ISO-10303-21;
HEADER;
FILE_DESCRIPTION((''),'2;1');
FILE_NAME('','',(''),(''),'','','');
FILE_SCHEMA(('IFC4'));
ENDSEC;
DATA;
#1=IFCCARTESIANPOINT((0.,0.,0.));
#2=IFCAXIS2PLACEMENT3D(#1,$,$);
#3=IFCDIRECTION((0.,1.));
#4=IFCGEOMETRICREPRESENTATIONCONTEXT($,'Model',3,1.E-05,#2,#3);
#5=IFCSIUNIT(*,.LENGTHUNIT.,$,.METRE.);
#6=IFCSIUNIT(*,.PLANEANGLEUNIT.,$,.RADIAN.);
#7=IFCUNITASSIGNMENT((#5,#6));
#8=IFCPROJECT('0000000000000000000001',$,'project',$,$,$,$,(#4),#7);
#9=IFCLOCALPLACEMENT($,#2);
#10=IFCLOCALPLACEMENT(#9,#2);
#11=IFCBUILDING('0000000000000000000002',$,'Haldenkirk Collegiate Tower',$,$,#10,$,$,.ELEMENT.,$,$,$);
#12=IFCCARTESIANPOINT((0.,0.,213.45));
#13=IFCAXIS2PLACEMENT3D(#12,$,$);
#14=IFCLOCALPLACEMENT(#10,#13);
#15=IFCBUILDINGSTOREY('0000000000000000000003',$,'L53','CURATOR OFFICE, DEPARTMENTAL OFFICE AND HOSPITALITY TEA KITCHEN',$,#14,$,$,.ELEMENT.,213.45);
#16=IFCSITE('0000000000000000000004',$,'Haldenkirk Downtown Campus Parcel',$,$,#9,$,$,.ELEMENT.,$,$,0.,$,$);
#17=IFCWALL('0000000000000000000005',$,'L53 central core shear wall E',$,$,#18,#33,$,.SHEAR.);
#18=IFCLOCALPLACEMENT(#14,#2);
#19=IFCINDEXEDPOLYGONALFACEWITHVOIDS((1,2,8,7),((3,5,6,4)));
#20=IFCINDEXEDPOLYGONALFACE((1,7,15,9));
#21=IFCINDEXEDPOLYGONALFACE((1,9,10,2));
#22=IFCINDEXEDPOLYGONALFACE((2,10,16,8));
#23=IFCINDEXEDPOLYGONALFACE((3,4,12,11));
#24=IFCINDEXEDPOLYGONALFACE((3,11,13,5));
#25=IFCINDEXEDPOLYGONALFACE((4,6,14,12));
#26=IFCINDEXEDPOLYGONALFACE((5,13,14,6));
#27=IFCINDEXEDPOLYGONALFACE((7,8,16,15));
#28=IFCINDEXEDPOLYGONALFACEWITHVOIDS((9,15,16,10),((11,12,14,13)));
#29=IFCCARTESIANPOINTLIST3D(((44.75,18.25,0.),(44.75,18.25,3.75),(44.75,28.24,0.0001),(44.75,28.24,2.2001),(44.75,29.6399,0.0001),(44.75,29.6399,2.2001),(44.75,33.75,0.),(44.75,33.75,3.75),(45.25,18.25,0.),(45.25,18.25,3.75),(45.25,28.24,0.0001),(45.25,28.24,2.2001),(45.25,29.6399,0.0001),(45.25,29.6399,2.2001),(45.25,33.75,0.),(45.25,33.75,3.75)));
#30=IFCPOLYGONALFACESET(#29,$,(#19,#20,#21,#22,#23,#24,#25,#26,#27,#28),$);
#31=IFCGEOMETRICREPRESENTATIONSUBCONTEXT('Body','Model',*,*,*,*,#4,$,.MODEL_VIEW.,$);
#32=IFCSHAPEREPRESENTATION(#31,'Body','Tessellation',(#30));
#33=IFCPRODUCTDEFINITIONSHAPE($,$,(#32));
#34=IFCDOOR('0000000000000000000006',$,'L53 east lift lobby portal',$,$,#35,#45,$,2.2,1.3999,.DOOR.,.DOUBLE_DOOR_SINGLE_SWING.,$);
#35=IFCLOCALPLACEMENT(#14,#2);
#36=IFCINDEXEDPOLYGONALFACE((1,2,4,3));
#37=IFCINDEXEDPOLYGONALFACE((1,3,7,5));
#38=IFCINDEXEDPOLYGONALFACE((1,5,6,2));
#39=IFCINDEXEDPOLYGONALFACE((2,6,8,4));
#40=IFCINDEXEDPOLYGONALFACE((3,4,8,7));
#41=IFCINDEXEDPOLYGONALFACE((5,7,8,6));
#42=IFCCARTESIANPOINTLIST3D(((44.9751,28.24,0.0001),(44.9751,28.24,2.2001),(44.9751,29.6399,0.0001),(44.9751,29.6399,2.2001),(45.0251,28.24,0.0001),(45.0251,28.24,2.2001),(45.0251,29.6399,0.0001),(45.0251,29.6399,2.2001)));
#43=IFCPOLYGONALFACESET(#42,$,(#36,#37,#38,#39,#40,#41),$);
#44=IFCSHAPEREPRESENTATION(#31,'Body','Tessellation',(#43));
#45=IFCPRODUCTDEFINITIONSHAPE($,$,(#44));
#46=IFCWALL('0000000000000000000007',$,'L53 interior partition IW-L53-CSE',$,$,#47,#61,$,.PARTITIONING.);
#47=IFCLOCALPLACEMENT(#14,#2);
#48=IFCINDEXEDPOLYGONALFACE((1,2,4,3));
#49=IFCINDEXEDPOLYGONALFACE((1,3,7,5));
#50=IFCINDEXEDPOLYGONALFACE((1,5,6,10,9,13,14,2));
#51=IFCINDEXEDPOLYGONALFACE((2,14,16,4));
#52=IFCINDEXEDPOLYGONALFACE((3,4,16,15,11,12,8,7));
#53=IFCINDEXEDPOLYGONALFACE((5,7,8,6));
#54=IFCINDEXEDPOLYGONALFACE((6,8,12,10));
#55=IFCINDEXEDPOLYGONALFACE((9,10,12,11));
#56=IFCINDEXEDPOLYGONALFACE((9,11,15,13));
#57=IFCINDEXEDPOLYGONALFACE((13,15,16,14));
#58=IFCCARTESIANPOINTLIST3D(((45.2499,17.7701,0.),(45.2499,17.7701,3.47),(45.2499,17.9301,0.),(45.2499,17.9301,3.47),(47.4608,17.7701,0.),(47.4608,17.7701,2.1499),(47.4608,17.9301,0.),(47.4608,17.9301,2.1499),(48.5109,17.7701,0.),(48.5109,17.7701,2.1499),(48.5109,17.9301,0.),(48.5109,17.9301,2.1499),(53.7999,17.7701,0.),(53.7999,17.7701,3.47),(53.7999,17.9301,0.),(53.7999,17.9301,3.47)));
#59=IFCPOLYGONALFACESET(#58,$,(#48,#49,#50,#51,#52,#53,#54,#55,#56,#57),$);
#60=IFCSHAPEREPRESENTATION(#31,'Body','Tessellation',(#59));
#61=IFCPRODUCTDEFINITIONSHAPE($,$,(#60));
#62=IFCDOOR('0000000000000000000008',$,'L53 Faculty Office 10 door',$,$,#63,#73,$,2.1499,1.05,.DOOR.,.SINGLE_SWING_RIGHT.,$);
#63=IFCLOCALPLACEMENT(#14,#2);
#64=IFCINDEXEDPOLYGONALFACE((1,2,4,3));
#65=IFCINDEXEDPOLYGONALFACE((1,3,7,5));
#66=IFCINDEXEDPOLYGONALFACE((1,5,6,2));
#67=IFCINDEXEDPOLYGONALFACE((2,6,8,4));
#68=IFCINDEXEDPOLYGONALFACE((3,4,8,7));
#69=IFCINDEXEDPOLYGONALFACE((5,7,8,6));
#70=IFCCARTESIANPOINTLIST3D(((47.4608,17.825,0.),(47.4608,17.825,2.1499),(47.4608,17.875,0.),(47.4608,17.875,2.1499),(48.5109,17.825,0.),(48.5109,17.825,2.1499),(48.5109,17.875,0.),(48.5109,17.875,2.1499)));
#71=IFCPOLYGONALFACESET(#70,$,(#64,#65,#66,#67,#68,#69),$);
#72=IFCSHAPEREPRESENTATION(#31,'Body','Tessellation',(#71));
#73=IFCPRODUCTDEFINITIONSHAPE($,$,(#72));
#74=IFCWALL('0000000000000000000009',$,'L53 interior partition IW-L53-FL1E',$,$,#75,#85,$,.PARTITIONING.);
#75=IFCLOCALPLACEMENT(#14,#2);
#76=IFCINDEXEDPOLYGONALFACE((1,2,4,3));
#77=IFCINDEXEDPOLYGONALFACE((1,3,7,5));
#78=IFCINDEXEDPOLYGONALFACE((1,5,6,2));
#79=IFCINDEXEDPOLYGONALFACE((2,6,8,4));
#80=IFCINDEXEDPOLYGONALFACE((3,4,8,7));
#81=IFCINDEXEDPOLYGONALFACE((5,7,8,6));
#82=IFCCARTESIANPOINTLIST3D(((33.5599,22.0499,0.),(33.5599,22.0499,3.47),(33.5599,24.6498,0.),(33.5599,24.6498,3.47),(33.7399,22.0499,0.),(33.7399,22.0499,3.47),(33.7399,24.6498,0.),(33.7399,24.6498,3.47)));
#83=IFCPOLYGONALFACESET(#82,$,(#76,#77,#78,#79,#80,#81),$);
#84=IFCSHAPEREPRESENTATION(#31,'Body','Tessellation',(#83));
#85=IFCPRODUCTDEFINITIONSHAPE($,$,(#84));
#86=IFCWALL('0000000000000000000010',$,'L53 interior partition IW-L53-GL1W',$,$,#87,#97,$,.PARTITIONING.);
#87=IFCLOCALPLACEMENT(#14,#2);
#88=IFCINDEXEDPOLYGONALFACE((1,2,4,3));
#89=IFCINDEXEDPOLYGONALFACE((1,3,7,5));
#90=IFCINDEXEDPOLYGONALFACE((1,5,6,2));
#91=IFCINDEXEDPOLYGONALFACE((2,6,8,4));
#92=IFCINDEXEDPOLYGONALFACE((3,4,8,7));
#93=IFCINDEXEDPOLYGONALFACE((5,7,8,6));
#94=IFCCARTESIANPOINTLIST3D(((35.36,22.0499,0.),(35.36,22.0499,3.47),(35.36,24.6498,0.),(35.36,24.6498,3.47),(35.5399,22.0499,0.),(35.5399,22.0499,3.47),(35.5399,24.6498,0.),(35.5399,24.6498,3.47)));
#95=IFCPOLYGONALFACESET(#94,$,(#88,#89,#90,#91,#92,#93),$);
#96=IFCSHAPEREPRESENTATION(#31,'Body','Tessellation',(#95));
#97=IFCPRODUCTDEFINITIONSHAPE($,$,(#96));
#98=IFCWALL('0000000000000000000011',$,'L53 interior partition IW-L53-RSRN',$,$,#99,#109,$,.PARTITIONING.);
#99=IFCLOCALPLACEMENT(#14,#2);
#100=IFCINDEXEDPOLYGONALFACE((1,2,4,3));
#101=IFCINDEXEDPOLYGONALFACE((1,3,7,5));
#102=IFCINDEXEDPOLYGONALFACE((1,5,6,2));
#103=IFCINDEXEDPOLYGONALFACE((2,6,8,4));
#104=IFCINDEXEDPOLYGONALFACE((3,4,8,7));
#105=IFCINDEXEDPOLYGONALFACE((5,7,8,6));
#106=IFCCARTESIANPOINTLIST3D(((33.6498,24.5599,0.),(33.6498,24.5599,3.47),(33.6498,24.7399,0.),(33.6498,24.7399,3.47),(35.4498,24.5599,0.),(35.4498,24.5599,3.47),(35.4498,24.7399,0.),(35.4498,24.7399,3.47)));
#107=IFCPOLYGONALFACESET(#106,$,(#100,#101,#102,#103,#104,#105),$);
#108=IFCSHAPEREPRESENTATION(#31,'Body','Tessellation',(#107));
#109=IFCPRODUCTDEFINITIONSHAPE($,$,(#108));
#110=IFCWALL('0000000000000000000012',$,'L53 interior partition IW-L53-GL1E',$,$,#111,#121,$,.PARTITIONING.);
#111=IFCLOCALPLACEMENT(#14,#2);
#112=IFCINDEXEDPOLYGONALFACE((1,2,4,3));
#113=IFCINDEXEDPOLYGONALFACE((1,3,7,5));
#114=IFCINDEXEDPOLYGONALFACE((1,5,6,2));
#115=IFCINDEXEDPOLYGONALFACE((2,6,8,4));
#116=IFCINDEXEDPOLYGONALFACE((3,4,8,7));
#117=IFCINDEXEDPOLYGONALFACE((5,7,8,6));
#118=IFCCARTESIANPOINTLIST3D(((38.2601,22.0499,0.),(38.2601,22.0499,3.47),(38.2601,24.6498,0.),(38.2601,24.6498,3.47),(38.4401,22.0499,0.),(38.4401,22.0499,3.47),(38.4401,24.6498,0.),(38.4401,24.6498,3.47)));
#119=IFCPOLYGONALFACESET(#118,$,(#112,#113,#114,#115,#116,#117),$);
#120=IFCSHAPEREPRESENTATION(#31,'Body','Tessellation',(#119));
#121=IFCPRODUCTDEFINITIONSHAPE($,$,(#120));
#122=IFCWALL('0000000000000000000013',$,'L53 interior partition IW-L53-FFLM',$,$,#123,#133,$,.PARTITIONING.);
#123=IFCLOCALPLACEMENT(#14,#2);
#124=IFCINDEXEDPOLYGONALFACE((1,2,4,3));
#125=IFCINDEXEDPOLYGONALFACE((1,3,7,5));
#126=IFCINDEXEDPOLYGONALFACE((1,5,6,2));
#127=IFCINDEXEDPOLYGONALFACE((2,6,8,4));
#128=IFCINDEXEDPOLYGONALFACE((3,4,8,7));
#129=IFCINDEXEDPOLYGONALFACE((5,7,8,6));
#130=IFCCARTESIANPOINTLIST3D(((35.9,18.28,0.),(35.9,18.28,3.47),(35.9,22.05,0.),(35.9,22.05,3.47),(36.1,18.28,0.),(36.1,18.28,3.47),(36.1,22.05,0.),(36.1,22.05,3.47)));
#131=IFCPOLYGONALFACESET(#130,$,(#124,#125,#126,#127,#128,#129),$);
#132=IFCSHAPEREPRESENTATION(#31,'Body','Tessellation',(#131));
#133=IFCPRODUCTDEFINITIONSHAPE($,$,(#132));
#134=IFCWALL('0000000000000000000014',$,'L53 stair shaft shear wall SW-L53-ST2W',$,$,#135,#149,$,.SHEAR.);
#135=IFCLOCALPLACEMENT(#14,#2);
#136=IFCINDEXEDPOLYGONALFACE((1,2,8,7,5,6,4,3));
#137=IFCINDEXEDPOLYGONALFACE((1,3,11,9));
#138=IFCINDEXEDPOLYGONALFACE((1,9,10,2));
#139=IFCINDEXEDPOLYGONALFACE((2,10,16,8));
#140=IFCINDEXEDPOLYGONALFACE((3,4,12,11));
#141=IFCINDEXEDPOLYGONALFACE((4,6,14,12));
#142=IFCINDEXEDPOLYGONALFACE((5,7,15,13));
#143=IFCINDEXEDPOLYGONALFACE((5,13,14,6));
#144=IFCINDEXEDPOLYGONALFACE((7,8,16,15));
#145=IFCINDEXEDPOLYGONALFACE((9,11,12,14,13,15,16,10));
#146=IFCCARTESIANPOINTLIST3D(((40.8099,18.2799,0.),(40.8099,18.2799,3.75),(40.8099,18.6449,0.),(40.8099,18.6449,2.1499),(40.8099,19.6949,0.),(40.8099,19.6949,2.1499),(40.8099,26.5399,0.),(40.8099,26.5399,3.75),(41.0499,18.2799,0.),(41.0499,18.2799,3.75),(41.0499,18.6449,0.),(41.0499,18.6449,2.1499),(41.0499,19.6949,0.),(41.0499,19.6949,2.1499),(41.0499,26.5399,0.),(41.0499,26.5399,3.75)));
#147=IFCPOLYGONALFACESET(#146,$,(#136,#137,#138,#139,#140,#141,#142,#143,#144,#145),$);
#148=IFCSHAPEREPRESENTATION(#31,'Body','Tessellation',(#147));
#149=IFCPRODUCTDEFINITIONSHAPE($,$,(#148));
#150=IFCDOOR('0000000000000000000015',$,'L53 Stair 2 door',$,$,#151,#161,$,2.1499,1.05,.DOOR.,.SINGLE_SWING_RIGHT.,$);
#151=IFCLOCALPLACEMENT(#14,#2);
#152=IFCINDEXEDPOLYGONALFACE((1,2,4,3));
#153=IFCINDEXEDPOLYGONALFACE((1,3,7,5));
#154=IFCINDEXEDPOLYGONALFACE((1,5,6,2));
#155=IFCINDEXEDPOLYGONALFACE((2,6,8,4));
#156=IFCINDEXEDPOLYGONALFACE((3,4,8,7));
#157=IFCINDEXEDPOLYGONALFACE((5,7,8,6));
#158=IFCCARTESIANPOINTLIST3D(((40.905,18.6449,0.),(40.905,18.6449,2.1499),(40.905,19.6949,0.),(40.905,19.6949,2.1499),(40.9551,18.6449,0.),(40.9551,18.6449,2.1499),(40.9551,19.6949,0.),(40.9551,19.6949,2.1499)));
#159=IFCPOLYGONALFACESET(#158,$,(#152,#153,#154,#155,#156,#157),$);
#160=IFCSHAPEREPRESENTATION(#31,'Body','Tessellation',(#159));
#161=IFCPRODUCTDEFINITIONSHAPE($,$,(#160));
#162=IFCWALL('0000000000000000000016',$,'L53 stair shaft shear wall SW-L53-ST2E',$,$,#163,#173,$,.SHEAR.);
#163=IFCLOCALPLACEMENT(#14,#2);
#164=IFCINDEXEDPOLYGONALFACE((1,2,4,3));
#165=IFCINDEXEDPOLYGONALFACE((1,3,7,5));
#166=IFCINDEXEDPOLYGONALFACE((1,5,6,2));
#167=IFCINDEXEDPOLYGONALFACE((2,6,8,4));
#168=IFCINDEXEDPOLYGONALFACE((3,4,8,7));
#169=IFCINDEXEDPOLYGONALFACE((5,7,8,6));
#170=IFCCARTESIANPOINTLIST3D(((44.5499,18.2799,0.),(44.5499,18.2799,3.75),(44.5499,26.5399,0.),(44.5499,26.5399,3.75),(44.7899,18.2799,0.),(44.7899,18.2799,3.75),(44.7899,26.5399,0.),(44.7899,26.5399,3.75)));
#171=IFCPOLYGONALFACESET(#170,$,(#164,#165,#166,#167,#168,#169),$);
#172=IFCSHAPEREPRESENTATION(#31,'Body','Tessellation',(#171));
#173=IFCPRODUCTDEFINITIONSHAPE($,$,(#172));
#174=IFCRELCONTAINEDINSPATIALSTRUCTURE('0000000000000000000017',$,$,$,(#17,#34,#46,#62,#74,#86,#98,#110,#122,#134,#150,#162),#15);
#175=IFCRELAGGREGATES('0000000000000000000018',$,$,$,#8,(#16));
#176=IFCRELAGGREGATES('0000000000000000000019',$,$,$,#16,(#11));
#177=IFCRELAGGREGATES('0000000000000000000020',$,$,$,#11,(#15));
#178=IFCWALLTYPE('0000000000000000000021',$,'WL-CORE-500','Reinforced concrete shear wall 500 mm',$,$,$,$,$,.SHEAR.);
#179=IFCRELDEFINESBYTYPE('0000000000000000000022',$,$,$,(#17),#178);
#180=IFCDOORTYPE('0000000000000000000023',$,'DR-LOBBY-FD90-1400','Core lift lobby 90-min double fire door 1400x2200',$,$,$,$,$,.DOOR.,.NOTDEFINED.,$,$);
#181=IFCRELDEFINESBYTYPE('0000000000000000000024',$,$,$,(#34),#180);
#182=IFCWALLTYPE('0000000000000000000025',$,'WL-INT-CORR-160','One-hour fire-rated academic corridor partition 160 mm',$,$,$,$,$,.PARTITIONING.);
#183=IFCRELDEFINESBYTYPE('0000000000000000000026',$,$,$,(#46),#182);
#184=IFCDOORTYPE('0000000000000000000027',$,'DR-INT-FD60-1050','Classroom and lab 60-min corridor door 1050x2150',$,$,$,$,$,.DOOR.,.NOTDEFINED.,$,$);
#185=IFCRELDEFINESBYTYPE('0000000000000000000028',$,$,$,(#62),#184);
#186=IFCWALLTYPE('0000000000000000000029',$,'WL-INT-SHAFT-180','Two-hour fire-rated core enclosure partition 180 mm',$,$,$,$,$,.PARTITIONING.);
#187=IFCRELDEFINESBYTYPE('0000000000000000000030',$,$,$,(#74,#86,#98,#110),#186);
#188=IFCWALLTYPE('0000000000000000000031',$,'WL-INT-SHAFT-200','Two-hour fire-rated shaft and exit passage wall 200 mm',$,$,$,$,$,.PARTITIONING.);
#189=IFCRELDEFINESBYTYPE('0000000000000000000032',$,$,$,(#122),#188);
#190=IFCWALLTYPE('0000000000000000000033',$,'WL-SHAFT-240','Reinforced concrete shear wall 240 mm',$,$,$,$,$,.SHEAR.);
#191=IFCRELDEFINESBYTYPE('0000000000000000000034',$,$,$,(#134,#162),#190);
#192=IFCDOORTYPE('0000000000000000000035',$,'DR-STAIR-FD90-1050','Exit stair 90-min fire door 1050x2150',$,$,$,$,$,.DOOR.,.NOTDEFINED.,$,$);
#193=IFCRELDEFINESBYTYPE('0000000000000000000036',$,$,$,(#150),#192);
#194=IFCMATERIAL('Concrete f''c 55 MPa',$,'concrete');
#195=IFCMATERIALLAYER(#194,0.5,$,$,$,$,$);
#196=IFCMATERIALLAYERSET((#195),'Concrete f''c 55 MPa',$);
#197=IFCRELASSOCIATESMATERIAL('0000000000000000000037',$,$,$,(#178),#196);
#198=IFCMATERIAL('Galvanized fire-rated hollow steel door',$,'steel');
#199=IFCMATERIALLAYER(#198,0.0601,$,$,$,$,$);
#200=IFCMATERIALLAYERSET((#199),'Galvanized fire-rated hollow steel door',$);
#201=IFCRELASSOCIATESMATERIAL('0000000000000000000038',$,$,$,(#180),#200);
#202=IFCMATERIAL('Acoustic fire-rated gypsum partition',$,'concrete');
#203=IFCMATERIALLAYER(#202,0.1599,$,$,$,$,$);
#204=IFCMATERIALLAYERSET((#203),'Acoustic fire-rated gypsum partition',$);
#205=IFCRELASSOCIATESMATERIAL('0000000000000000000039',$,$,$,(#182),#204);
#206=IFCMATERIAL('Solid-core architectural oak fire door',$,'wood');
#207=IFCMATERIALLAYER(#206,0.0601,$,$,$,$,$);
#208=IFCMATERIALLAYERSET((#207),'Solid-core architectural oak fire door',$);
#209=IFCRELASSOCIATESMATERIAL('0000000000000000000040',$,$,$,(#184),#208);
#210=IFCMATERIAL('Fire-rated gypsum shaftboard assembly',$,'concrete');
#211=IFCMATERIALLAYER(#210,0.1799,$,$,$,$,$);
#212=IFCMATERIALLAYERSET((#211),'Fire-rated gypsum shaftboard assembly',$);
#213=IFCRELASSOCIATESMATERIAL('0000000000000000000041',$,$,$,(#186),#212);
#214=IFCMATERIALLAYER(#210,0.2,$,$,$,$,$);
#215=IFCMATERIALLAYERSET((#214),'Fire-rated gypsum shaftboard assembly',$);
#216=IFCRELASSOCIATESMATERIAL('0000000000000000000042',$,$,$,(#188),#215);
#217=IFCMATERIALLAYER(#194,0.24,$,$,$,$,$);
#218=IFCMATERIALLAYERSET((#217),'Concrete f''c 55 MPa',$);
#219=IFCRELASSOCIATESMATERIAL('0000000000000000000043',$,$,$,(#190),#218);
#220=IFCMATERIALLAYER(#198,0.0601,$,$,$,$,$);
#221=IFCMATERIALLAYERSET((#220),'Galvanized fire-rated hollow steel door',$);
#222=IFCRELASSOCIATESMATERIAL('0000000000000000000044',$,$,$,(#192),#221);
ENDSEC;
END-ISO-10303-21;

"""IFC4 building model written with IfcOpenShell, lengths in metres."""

from ifc_helpers import new_model, si_unit, direction, frame, frame_2d, origin, place, context, subcontext, project, spatial, rectangle, extrude, material, layer, layer_set, type_object, element, fill, save


model = new_model("IFC4")

# Units and contexts
model_context = context("Model", 3, precision=1e-05, world=origin(), true_north=direction((0.0, 1.0)))
body_context = subcontext(model_context, "Body", "Model", "MODEL_VIEW")
ifc_project = project(units=[si_unit("LENGTHUNIT", "METRE"), si_unit("PLANEANGLEUNIT", "RADIAN")], contexts=[model_context])

# Site, building, storey
site_placement = place(None, origin())
site = spatial("IfcSite", under=ifc_project, at=site_placement, Name="Haldenkirk Downtown Campus Parcel", CompositionType="ELEMENT", RefElevation=0.0)
building_placement = place(site_placement, origin())
building = spatial("IfcBuilding", under=site, at=building_placement, Name="Haldenkirk Collegiate Tower", CompositionType="ELEMENT")
storey_placement = place(building_placement, frame((0.0, 0.0, 213.45)))
storey = spatial("IfcBuildingStorey", under=building, at=storey_placement, Name="L53", Description="CURATOR OFFICE, DEPARTMENTAL OFFICE AND HOSPITALITY TEA KITCHEN", CompositionType="ELEMENT", Elevation=213.45)

# Walls, openings, doors
ifc_material_1 = material(Name="Concrete f'c 55 MPa", Category="concrete")
ifc_layer_1 = layer(ifc_material_1, 0.5)
ifc_layer_set_1 = layer_set([ifc_layer_1], Name="Concrete f'c 55 MPa")
wall_type_1 = type_object("IfcWallType", Name="WL-CORE-500", Description="Reinforced concrete shear wall 500 mm", PredefinedType="SHEAR", material=ifc_layer_set_1)
wall_1_placement = place(storey_placement, frame((45.0, 18.25, 0.0), z_axis=(0.0, 0.0, 1.0), x_axis=(0.0, 1.0, 0.0)))
wall_1 = element("IfcWall", 1, at=wall_1_placement, inside=storey, type_object=wall_type_1, Name="L53 central core shear wall E", PredefinedType="SHEAR", context=body_context, shape_type="SweptSolid", body=[
    extrude(rectangle(XDim=15.5, YDim=0.5, at=frame_2d((7.75, 0.0))), origin(), (0.0, 0.0, 1.0), 3.75),
])
opening_1_placement = place(wall_1_placement, frame((9.99, 0.0, 0.0)))
opening_1 = element("IfcOpeningElement", 2, at=opening_1_placement, cuts=wall_1, PredefinedType="OPENING", context=body_context, shape_type="SweptSolid", body=[
    extrude(rectangle(XDim=1.3999, YDim=2.2, at=frame_2d((0.7, 1.1001))), frame((0.0, 0.26, 0.0), z_axis=(0.0, -1.0, 0.0), x_axis=(1.0, 0.0, 0.0)), (0.0, 0.0, 1.0), 0.52),
])
ifc_material_2 = material(Name="Galvanized fire-rated hollow steel door", Category="steel")
ifc_layer_2 = layer(ifc_material_2, 0.0601)
ifc_layer_set_2 = layer_set([ifc_layer_2], Name="Galvanized fire-rated hollow steel door")
door_type_1 = type_object("IfcDoorType", Name="DR-LOBBY-FD90-1400", Description="Core lift lobby 90-min double fire door 1400x2200", OperationType="NOTDEFINED", PredefinedType="DOOR", material=ifc_layer_set_2)
door_1_placement = place(opening_1_placement, origin())
door_1 = element("IfcDoor", 3, at=door_1_placement, inside=storey, type_object=door_type_1, Name="L53 east lift lobby portal", OperationType="DOUBLE_DOOR_SINGLE_SWING", OverallHeight=2.2, OverallWidth=1.3999, PredefinedType="DOOR", context=body_context, shape_type="SweptSolid", body=[
    extrude(rectangle(XDim=1.3999, YDim=2.2, at=frame_2d((0.7, 1.1001))), frame((0.0, 0.0249, 0.0), z_axis=(0.0, -1.0, 0.0), x_axis=(1.0, 0.0, 0.0)), (0.0, 0.0, 1.0), 0.05),
])
fill(opening_1, door_1)
ifc_material_3 = material(Name="Acoustic fire-rated gypsum partition", Category="concrete")
ifc_layer_3 = layer(ifc_material_3, 0.1599)
ifc_layer_set_3 = layer_set([ifc_layer_3], Name="Acoustic fire-rated gypsum partition")
wall_type_2 = type_object("IfcWallType", Name="WL-INT-CORR-160", Description="One-hour fire-rated academic corridor partition 160 mm", PredefinedType="PARTITIONING", material=ifc_layer_set_3)
wall_2_placement = place(storey_placement, frame((45.25, 17.8501, 0.0), z_axis=(0.0, 0.0, 1.0), x_axis=(1.0, 0.0, 0.0)))
wall_2 = element("IfcWall", 4, at=wall_2_placement, inside=storey, type_object=wall_type_2, Name="L53 interior partition IW-L53-CSE", PredefinedType="PARTITIONING", context=body_context, shape_type="SweptSolid", body=[
    extrude(rectangle(XDim=8.55, YDim=0.1599, at=frame_2d((4.2749, 0.0))), origin(), (0.0, 0.0, 1.0), 3.47),
])
opening_2_placement = place(wall_2_placement, frame((2.2109, 0.0, 0.0)))
opening_2 = element("IfcOpeningElement", 5, at=opening_2_placement, cuts=wall_2, PredefinedType="OPENING", context=body_context, shape_type="SweptSolid", body=[
    extrude(rectangle(XDim=1.05, YDim=2.1499, at=frame_2d((0.5249, 1.075))), frame((0.0, 0.0898, 0.0), z_axis=(0.0, -1.0, 0.0), x_axis=(1.0, 0.0, 0.0)), (0.0, 0.0, 1.0), 0.1799),
])
ifc_material_4 = material(Name="Solid-core architectural oak fire door", Category="wood")
ifc_layer_4 = layer(ifc_material_4, 0.0601)
ifc_layer_set_4 = layer_set([ifc_layer_4], Name="Solid-core architectural oak fire door")
door_type_2 = type_object("IfcDoorType", Name="DR-INT-FD60-1050", Description="Classroom and lab 60-min corridor door 1050x2150", OperationType="NOTDEFINED", PredefinedType="DOOR", material=ifc_layer_set_4)
door_2_placement = place(opening_2_placement, origin())
door_2 = element("IfcDoor", 6, at=door_2_placement, inside=storey, type_object=door_type_2, Name="L53 Faculty Office 10 door", OperationType="SINGLE_SWING_RIGHT", OverallHeight=2.1499, OverallWidth=1.05, PredefinedType="DOOR", context=body_context, shape_type="SweptSolid", body=[
    extrude(rectangle(XDim=1.05, YDim=2.1499, at=frame_2d((0.5249, 1.075))), frame((0.0, 0.0249, 0.0), z_axis=(0.0, -1.0, 0.0), x_axis=(1.0, 0.0, 0.0)), (0.0, 0.0, 1.0), 0.05),
])
fill(opening_2, door_2)

# Walls
ifc_material_5 = material(Name="Fire-rated gypsum shaftboard assembly", Category="concrete")
ifc_layer_5 = layer(ifc_material_5, 0.1799)
ifc_layer_set_5 = layer_set([ifc_layer_5], Name="Fire-rated gypsum shaftboard assembly")
wall_type_3 = type_object("IfcWallType", Name="WL-INT-SHAFT-180", Description="Two-hour fire-rated core enclosure partition 180 mm", PredefinedType="PARTITIONING", material=ifc_layer_set_5)
for number, where, z_axis, x_axis, name in (
    (7, (33.6499, 22.05, 0.0), (0.0, 0.0, 1.0), (0.0, 1.0, 0.0), "L53 interior partition IW-L53-FL1E"),
    (8, (35.45, 22.05, 0.0), (0.0, 0.0, 1.0), (0.0, 1.0, 0.0), "L53 interior partition IW-L53-GL1W"),
):
    element("IfcWall", number, at=place(storey_placement, frame(where, z_axis=z_axis, x_axis=x_axis)), inside=storey, type_object=wall_type_3, Name=name, PredefinedType="PARTITIONING", context=body_context, shape_type="SweptSolid", body=[
        extrude(rectangle(XDim=2.5999, YDim=0.1799, at=frame_2d((1.2998, 0.0))), origin(), (0.0, 0.0, 1.0), 3.47),
    ])
wall_3_placement = place(storey_placement, frame((33.6499, 24.6499, 0.0), z_axis=(0.0, 0.0, 1.0), x_axis=(1.0, 0.0, 0.0)))
element("IfcWall", 9, at=wall_3_placement, inside=storey, type_object=wall_type_3, Name="L53 interior partition IW-L53-RSRN", PredefinedType="PARTITIONING", context=body_context, shape_type="SweptSolid", body=[
    extrude(rectangle(XDim=1.8, YDim=0.1799, at=frame_2d((0.8999, 0.0))), origin(), (0.0, 0.0, 1.0), 3.47),
])
wall_4_placement = place(storey_placement, frame((38.3501, 22.05, 0.0), z_axis=(0.0, 0.0, 1.0), x_axis=(0.0, 1.0, 0.0)))
element("IfcWall", 10, at=wall_4_placement, inside=storey, type_object=wall_type_3, Name="L53 interior partition IW-L53-GL1E", PredefinedType="PARTITIONING", context=body_context, shape_type="SweptSolid", body=[
    extrude(rectangle(XDim=2.5999, YDim=0.1799, at=frame_2d((1.2998, 0.0))), origin(), (0.0, 0.0, 1.0), 3.47),
])
ifc_layer_6 = layer(ifc_material_5, 0.2)
ifc_layer_set_6 = layer_set([ifc_layer_6], Name="Fire-rated gypsum shaftboard assembly")
wall_type_4 = type_object("IfcWallType", Name="WL-INT-SHAFT-200", Description="Two-hour fire-rated shaft and exit passage wall 200 mm", PredefinedType="PARTITIONING", material=ifc_layer_set_6)
wall_5_placement = place(storey_placement, frame((36.0, 18.28, 0.0), z_axis=(0.0, 0.0, 1.0), x_axis=(0.0, 1.0, 0.0)))
element("IfcWall", 11, at=wall_5_placement, inside=storey, type_object=wall_type_4, Name="L53 interior partition IW-L53-FFLM", PredefinedType="PARTITIONING", context=body_context, shape_type="SweptSolid", body=[
    extrude(rectangle(XDim=3.77, YDim=0.2, at=frame_2d((1.885, 0.0))), origin(), (0.0, 0.0, 1.0), 3.47),
])

# Wall, opening, door
ifc_layer_7 = layer(ifc_material_1, 0.24)
ifc_layer_set_7 = layer_set([ifc_layer_7], Name="Concrete f'c 55 MPa")
wall_type_5 = type_object("IfcWallType", Name="WL-SHAFT-240", Description="Reinforced concrete shear wall 240 mm", PredefinedType="SHEAR", material=ifc_layer_set_7)
wall_6_placement = place(storey_placement, frame((40.9299, 18.28, 0.0), z_axis=(0.0, 0.0, 1.0), x_axis=(0.0, 1.0, 0.0)))
wall_6 = element("IfcWall", 12, at=wall_6_placement, inside=storey, type_object=wall_type_5, Name="L53 stair shaft shear wall SW-L53-ST2W", PredefinedType="SHEAR", context=body_context, shape_type="SweptSolid", body=[
    extrude(rectangle(XDim=8.26, YDim=0.24, at=frame_2d((4.1299, 0.0))), origin(), (0.0, 0.0, 1.0), 3.75),
])
opening_3_placement = place(wall_6_placement, frame((0.365, 0.0, 0.0)))
opening_3 = element("IfcOpeningElement", 13, at=opening_3_placement, cuts=wall_6, PredefinedType="OPENING", context=body_context, shape_type="SweptSolid", body=[
    extrude(rectangle(XDim=1.05, YDim=2.1499, at=frame_2d((0.5249, 1.075))), frame((0.0, 0.1299, 0.0), z_axis=(0.0, -1.0, 0.0), x_axis=(1.0, 0.0, 0.0)), (0.0, 0.0, 1.0), 0.26),
])
ifc_layer_8 = layer(ifc_material_2, 0.0601)
ifc_layer_set_8 = layer_set([ifc_layer_8], Name="Galvanized fire-rated hollow steel door")
door_type_3 = type_object("IfcDoorType", Name="DR-STAIR-FD90-1050", Description="Exit stair 90-min fire door 1050x2150", OperationType="NOTDEFINED", PredefinedType="DOOR", material=ifc_layer_set_8)
door_3_placement = place(opening_3_placement, origin())
door_3 = element("IfcDoor", 14, at=door_3_placement, inside=storey, type_object=door_type_3, Name="L53 Stair 2 door", OperationType="SINGLE_SWING_RIGHT", OverallHeight=2.1499, OverallWidth=1.05, PredefinedType="DOOR", context=body_context, shape_type="SweptSolid", body=[
    extrude(rectangle(XDim=1.05, YDim=2.1499, at=frame_2d((0.5249, 1.075))), frame((0.0, 0.0249, 0.0), z_axis=(0.0, -1.0, 0.0), x_axis=(1.0, 0.0, 0.0)), (0.0, 0.0, 1.0), 0.05),
])
fill(opening_3, door_3)

# Wall
wall_7_placement = place(storey_placement, frame((44.6699, 18.28, 0.0), z_axis=(0.0, 0.0, 1.0), x_axis=(0.0, 1.0, 0.0)))
element("IfcWall", 15, at=wall_7_placement, inside=storey, type_object=wall_type_5, Name="L53 stair shaft shear wall SW-L53-ST2E", PredefinedType="SHEAR", context=body_context, shape_type="SweptSolid", body=[
    extrude(rectangle(XDim=8.26, YDim=0.24, at=frame_2d((4.1299, 0.0))), origin(), (0.0, 0.0, 1.0), 3.75),
])

save(model, "model.ifc")
